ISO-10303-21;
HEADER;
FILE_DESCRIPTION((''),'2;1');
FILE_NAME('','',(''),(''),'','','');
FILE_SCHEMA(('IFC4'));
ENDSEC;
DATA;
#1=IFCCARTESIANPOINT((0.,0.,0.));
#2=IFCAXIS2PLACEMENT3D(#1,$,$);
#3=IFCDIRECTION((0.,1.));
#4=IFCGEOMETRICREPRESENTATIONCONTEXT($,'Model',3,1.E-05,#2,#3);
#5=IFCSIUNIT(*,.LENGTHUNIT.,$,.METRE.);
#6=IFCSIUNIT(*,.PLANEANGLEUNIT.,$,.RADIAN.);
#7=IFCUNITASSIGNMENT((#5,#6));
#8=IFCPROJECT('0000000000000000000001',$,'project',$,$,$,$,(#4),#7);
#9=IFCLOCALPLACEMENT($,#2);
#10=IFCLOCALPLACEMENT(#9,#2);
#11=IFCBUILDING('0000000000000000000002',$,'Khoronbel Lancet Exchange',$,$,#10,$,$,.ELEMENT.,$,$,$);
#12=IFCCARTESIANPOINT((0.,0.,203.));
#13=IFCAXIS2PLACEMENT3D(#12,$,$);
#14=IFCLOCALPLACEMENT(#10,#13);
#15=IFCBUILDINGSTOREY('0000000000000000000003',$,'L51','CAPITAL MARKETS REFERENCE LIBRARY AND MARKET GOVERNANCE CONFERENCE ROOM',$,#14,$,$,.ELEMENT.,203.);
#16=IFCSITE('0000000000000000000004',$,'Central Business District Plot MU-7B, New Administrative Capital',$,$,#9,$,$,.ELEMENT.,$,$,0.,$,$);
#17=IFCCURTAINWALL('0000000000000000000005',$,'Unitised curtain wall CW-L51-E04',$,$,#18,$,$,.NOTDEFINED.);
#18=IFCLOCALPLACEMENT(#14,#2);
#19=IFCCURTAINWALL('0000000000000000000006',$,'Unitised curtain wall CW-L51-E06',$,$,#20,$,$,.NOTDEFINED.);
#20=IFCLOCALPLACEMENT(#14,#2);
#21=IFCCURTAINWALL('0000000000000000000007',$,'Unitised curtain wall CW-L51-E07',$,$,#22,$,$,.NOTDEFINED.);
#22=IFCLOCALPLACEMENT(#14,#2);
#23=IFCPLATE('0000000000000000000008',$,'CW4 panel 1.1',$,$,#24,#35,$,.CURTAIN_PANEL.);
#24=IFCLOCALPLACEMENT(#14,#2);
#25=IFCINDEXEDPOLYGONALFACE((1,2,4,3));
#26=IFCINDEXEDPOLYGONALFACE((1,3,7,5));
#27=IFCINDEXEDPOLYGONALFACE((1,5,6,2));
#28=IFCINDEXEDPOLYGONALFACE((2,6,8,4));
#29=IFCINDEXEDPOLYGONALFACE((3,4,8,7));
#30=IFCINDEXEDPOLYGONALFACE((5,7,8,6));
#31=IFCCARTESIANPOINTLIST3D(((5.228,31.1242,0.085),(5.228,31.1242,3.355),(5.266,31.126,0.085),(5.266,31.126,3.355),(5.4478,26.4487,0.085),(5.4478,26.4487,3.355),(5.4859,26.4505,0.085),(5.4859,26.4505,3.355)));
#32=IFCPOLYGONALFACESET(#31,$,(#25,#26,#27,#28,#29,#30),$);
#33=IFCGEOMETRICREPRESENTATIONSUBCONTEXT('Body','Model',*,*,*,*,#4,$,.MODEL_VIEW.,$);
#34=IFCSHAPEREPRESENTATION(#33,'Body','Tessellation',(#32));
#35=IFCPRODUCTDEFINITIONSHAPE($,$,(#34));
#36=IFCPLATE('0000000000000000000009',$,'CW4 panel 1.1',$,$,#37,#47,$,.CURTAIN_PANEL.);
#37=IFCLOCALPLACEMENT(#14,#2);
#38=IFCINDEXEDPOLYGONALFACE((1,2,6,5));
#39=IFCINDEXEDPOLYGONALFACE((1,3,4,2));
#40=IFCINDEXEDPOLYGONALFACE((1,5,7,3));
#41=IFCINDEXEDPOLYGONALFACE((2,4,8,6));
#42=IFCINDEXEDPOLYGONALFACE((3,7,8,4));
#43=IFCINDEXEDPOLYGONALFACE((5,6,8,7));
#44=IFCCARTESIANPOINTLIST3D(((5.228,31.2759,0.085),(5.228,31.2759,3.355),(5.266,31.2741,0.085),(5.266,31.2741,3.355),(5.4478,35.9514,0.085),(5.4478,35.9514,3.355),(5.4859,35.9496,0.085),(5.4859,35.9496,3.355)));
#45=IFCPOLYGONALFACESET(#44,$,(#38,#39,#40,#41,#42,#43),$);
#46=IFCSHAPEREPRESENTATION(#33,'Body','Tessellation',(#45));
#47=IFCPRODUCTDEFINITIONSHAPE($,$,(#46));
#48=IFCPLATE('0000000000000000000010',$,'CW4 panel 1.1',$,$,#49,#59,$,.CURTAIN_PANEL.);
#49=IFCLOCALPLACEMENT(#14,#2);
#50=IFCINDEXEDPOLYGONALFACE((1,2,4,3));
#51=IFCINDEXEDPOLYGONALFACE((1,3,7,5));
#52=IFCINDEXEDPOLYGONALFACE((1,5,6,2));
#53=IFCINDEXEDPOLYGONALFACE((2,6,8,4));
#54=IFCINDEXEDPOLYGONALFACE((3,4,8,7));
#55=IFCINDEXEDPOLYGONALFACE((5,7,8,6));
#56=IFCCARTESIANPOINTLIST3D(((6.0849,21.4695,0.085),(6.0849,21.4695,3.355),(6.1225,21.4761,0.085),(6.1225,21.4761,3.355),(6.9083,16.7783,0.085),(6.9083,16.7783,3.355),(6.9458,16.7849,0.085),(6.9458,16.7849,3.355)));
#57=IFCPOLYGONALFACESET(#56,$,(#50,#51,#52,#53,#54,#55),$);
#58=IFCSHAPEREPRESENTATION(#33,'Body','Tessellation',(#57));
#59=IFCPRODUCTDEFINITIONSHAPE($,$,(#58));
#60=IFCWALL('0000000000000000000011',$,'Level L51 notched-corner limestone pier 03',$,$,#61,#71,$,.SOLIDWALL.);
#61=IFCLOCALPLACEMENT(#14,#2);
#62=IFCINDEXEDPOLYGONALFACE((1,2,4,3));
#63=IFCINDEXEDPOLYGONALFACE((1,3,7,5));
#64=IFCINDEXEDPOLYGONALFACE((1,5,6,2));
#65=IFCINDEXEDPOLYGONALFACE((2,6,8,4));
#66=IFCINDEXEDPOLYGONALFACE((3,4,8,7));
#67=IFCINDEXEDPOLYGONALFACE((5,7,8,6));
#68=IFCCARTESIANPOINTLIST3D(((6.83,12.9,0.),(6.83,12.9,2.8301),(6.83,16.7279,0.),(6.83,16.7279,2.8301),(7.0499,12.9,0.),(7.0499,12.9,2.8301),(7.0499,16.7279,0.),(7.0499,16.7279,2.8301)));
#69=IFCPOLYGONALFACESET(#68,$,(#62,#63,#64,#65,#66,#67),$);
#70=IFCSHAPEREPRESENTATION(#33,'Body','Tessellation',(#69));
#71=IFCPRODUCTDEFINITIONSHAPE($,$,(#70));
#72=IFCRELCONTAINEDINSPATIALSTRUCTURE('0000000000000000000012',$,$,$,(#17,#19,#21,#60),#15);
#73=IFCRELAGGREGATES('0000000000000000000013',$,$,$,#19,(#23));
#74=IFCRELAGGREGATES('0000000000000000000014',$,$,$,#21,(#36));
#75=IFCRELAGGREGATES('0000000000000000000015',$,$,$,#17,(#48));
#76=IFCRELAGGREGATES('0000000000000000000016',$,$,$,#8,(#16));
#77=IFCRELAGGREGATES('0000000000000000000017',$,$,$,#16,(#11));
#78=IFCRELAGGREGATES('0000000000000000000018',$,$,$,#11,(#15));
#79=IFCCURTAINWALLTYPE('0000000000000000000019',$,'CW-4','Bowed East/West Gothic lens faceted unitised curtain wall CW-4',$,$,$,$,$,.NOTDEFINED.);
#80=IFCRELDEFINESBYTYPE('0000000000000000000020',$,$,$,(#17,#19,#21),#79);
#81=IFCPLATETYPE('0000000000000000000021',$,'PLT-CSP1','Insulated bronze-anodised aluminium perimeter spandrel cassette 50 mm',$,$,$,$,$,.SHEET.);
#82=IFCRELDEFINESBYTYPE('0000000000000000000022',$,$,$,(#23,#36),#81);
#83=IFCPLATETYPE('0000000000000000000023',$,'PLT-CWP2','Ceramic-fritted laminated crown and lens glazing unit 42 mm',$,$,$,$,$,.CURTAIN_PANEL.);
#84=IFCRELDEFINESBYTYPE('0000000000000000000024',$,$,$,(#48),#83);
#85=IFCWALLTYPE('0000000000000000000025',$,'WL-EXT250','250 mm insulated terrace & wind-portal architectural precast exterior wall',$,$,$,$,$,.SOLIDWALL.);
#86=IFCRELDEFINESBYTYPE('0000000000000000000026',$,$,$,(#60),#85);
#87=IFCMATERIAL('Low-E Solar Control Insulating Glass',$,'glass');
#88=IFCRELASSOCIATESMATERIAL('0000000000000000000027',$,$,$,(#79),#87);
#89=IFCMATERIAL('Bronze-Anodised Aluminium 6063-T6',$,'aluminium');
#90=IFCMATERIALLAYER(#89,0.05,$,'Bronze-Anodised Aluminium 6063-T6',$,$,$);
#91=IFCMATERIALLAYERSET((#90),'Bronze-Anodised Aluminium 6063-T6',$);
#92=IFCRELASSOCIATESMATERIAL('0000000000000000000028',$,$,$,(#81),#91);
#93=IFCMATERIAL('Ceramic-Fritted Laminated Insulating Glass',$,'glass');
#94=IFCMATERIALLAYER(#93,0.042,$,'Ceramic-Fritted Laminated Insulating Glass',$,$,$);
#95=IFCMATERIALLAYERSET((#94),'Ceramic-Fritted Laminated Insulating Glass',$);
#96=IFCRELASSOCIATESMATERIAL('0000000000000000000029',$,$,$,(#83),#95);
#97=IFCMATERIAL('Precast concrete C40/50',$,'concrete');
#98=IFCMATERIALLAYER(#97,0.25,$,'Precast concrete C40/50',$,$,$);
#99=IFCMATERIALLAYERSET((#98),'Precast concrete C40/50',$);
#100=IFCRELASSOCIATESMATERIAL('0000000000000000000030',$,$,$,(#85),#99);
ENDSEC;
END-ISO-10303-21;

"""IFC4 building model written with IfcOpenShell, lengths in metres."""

from ifc_helpers import new_model, si_unit, direction, frame, frame_2d, origin, origin_2d, place, context, subcontext, project, spatial, rectangle, extrude, material, layer, layer_set, type_object, element, aggregate, save


model = new_model("IFC4")

# Units and contexts
model_context = context("Model", 3, precision=1e-05, world=origin(), true_north=direction((0.0, 1.0)))
body_context = subcontext(model_context, "Body", "Model", "MODEL_VIEW")
ifc_project = project(units=[si_unit("LENGTHUNIT", "METRE"), si_unit("PLANEANGLEUNIT", "RADIAN")], contexts=[model_context])

# Site, building, storey
site_placement = place(None, origin())
site = spatial("IfcSite", under=ifc_project, at=site_placement, Name="Central Business District Plot MU-7B, New Administrative Capital", CompositionType="ELEMENT", RefElevation=0.0)
building_placement = place(site_placement, origin())
building = spatial("IfcBuilding", under=site, at=building_placement, Name="Khoronbel Lancet Exchange", CompositionType="ELEMENT")
storey_placement = place(building_placement, frame((0.0, 0.0, 203.0)))
storey = spatial("IfcBuildingStorey", under=building, at=storey_placement, Name="L51", Description="CAPITAL MARKETS REFERENCE LIBRARY AND MARKET GOVERNANCE CONFERENCE ROOM", CompositionType="ELEMENT", Elevation=203.0)

# Curtain walls
ifc_material_1 = material(Name="Low-E Solar Control Insulating Glass", Category="glass")
curtain_wall_type = type_object("IfcCurtainWallType", Name="CW-4", Description="Bowed East/West Gothic lens faceted unitised curtain wall CW-4", PredefinedType="NOTDEFINED", material=ifc_material_1)
curtain_wall_1_placement = place(storey_placement, origin())
curtain_wall_1 = element("IfcCurtainWall", 1, at=curtain_wall_1_placement, inside=storey, type_object=curtain_wall_type, Name="Unitised curtain wall CW-L51-E04", PredefinedType="NOTDEFINED")
ifc_material_2 = material(Name="Bronze-Anodised Aluminium 6063-T6", Category="aluminium")
curtain_wall_2_placement = place(storey_placement, origin())
curtain_wall_2 = element("IfcCurtainWall", 2, at=curtain_wall_2_placement, inside=storey, type_object=curtain_wall_type, Name="Unitised curtain wall CW-L51-E06", PredefinedType="NOTDEFINED")

# Curtain wall
curtain_wall_3_placement = place(storey_placement, origin())
curtain_wall_3 = element("IfcCurtainWall", 3, at=curtain_wall_3_placement, inside=storey, type_object=curtain_wall_type, Name="Unitised curtain wall CW-L51-E07", PredefinedType="NOTDEFINED")

# Plates
ifc_layer_1 = layer(ifc_material_2, 0.05, Name="Bronze-Anodised Aluminium 6063-T6")
ifc_layer_set_1 = layer_set([ifc_layer_1], Name="Bronze-Anodised Aluminium 6063-T6")
plate_type_1 = type_object("IfcPlateType", Name="PLT-CSP1", Description="Insulated bronze-anodised aluminium perimeter spandrel cassette 50 mm", PredefinedType="SHEET", material=ifc_layer_set_1)
plate_1_placement = place(storey_placement, frame((5.3569, 28.7874, 0.085), z_axis=(0.0, 0.0, 1.0), x_axis=(-0.04697, 0.998896, 0.0)))
plate_1 = element("IfcPlate", 4, at=plate_1_placement, type_object=plate_type_1, Name="CW4 panel 1.1", PredefinedType="CURTAIN_PANEL", context=body_context, shape_type="SweptSolid", body=[
    extrude(rectangle(XDim=4.6807, YDim=0.0381, at=origin_2d()), origin(), (0.0, 0.0, 1.0), 3.27),
])
aggregate(curtain_wall_2, [plate_1])
plate_2_placement = place(storey_placement, frame((5.3569, 33.6128, 0.085), z_axis=(0.0, 0.0, 1.0), x_axis=(0.04697, 0.998896, 0.0)))
plate_2 = element("IfcPlate", 5, at=plate_2_placement, type_object=plate_type_1, Name="CW4 panel 1.1", PredefinedType="CURTAIN_PANEL", context=body_context, shape_type="SweptSolid", body=[
    extrude(rectangle(XDim=4.6807, YDim=0.0381, at=origin_2d()), origin(), (0.0, 0.0, 1.0), 3.27),
])
aggregate(curtain_wall_3, [plate_2])
ifc_material_3 = material(Name="Ceramic-Fritted Laminated Insulating Glass", Category="glass")
ifc_layer_2 = layer(ifc_material_3, 0.042, Name="Ceramic-Fritted Laminated Insulating Glass")
ifc_layer_set_2 = layer_set([ifc_layer_2], Name="Ceramic-Fritted Laminated Insulating Glass")
plate_type_2 = type_object("IfcPlateType", Name="PLT-CWP2", Description="Ceramic-fritted laminated crown and lens glazing unit 42 mm", PredefinedType="CURTAIN_PANEL", material=ifc_layer_set_2)
plate_3_placement = place(storey_placement, frame((6.5154, 19.1272, 0.085), z_axis=(0.0, 0.0, 1.0), x_axis=(-0.172869, 0.984945, 0.0)))
plate_3 = element("IfcPlate", 6, at=plate_3_placement, type_object=plate_type_2, Name="CW4 panel 1.1", PredefinedType="CURTAIN_PANEL", context=body_context, shape_type="SweptSolid", body=[
    extrude(rectangle(XDim=4.7629, YDim=0.0381, at=origin_2d()), origin(), (0.0, 0.0, 1.0), 3.27),
])
aggregate(curtain_wall_1, [plate_3])

# Wall
ifc_material_4 = material(Name="Precast concrete C40/50", Category="concrete")
ifc_layer_3 = layer(ifc_material_4, 0.25, Name="Precast concrete C40/50")
ifc_layer_set_3 = layer_set([ifc_layer_3], Name="Precast concrete C40/50")
wall_type = type_object("IfcWallType", Name="WL-EXT250", Description="250 mm insulated terrace & wind-portal architectural precast exterior wall", PredefinedType="SOLIDWALL", material=ifc_layer_set_3)
wall_placement = place(storey_placement, frame((6.9399, 12.8999, 0.0), z_axis=(0.0, 0.0, 1.0), x_axis=(0.0, 1.0, 0.0)))
element("IfcWall", 7, at=wall_placement, inside=storey, type_object=wall_type, Name="Level L51 notched-corner limestone pier 03", PredefinedType="SOLIDWALL", context=body_context, shape_type="SweptSolid", body=[
    extrude(rectangle(XDim=3.8279, YDim=0.22, at=frame_2d((1.9141, 0.0))), origin(), (0.0, 0.0, 1.0), 2.8301),
])

save(model, "model.ifc")
